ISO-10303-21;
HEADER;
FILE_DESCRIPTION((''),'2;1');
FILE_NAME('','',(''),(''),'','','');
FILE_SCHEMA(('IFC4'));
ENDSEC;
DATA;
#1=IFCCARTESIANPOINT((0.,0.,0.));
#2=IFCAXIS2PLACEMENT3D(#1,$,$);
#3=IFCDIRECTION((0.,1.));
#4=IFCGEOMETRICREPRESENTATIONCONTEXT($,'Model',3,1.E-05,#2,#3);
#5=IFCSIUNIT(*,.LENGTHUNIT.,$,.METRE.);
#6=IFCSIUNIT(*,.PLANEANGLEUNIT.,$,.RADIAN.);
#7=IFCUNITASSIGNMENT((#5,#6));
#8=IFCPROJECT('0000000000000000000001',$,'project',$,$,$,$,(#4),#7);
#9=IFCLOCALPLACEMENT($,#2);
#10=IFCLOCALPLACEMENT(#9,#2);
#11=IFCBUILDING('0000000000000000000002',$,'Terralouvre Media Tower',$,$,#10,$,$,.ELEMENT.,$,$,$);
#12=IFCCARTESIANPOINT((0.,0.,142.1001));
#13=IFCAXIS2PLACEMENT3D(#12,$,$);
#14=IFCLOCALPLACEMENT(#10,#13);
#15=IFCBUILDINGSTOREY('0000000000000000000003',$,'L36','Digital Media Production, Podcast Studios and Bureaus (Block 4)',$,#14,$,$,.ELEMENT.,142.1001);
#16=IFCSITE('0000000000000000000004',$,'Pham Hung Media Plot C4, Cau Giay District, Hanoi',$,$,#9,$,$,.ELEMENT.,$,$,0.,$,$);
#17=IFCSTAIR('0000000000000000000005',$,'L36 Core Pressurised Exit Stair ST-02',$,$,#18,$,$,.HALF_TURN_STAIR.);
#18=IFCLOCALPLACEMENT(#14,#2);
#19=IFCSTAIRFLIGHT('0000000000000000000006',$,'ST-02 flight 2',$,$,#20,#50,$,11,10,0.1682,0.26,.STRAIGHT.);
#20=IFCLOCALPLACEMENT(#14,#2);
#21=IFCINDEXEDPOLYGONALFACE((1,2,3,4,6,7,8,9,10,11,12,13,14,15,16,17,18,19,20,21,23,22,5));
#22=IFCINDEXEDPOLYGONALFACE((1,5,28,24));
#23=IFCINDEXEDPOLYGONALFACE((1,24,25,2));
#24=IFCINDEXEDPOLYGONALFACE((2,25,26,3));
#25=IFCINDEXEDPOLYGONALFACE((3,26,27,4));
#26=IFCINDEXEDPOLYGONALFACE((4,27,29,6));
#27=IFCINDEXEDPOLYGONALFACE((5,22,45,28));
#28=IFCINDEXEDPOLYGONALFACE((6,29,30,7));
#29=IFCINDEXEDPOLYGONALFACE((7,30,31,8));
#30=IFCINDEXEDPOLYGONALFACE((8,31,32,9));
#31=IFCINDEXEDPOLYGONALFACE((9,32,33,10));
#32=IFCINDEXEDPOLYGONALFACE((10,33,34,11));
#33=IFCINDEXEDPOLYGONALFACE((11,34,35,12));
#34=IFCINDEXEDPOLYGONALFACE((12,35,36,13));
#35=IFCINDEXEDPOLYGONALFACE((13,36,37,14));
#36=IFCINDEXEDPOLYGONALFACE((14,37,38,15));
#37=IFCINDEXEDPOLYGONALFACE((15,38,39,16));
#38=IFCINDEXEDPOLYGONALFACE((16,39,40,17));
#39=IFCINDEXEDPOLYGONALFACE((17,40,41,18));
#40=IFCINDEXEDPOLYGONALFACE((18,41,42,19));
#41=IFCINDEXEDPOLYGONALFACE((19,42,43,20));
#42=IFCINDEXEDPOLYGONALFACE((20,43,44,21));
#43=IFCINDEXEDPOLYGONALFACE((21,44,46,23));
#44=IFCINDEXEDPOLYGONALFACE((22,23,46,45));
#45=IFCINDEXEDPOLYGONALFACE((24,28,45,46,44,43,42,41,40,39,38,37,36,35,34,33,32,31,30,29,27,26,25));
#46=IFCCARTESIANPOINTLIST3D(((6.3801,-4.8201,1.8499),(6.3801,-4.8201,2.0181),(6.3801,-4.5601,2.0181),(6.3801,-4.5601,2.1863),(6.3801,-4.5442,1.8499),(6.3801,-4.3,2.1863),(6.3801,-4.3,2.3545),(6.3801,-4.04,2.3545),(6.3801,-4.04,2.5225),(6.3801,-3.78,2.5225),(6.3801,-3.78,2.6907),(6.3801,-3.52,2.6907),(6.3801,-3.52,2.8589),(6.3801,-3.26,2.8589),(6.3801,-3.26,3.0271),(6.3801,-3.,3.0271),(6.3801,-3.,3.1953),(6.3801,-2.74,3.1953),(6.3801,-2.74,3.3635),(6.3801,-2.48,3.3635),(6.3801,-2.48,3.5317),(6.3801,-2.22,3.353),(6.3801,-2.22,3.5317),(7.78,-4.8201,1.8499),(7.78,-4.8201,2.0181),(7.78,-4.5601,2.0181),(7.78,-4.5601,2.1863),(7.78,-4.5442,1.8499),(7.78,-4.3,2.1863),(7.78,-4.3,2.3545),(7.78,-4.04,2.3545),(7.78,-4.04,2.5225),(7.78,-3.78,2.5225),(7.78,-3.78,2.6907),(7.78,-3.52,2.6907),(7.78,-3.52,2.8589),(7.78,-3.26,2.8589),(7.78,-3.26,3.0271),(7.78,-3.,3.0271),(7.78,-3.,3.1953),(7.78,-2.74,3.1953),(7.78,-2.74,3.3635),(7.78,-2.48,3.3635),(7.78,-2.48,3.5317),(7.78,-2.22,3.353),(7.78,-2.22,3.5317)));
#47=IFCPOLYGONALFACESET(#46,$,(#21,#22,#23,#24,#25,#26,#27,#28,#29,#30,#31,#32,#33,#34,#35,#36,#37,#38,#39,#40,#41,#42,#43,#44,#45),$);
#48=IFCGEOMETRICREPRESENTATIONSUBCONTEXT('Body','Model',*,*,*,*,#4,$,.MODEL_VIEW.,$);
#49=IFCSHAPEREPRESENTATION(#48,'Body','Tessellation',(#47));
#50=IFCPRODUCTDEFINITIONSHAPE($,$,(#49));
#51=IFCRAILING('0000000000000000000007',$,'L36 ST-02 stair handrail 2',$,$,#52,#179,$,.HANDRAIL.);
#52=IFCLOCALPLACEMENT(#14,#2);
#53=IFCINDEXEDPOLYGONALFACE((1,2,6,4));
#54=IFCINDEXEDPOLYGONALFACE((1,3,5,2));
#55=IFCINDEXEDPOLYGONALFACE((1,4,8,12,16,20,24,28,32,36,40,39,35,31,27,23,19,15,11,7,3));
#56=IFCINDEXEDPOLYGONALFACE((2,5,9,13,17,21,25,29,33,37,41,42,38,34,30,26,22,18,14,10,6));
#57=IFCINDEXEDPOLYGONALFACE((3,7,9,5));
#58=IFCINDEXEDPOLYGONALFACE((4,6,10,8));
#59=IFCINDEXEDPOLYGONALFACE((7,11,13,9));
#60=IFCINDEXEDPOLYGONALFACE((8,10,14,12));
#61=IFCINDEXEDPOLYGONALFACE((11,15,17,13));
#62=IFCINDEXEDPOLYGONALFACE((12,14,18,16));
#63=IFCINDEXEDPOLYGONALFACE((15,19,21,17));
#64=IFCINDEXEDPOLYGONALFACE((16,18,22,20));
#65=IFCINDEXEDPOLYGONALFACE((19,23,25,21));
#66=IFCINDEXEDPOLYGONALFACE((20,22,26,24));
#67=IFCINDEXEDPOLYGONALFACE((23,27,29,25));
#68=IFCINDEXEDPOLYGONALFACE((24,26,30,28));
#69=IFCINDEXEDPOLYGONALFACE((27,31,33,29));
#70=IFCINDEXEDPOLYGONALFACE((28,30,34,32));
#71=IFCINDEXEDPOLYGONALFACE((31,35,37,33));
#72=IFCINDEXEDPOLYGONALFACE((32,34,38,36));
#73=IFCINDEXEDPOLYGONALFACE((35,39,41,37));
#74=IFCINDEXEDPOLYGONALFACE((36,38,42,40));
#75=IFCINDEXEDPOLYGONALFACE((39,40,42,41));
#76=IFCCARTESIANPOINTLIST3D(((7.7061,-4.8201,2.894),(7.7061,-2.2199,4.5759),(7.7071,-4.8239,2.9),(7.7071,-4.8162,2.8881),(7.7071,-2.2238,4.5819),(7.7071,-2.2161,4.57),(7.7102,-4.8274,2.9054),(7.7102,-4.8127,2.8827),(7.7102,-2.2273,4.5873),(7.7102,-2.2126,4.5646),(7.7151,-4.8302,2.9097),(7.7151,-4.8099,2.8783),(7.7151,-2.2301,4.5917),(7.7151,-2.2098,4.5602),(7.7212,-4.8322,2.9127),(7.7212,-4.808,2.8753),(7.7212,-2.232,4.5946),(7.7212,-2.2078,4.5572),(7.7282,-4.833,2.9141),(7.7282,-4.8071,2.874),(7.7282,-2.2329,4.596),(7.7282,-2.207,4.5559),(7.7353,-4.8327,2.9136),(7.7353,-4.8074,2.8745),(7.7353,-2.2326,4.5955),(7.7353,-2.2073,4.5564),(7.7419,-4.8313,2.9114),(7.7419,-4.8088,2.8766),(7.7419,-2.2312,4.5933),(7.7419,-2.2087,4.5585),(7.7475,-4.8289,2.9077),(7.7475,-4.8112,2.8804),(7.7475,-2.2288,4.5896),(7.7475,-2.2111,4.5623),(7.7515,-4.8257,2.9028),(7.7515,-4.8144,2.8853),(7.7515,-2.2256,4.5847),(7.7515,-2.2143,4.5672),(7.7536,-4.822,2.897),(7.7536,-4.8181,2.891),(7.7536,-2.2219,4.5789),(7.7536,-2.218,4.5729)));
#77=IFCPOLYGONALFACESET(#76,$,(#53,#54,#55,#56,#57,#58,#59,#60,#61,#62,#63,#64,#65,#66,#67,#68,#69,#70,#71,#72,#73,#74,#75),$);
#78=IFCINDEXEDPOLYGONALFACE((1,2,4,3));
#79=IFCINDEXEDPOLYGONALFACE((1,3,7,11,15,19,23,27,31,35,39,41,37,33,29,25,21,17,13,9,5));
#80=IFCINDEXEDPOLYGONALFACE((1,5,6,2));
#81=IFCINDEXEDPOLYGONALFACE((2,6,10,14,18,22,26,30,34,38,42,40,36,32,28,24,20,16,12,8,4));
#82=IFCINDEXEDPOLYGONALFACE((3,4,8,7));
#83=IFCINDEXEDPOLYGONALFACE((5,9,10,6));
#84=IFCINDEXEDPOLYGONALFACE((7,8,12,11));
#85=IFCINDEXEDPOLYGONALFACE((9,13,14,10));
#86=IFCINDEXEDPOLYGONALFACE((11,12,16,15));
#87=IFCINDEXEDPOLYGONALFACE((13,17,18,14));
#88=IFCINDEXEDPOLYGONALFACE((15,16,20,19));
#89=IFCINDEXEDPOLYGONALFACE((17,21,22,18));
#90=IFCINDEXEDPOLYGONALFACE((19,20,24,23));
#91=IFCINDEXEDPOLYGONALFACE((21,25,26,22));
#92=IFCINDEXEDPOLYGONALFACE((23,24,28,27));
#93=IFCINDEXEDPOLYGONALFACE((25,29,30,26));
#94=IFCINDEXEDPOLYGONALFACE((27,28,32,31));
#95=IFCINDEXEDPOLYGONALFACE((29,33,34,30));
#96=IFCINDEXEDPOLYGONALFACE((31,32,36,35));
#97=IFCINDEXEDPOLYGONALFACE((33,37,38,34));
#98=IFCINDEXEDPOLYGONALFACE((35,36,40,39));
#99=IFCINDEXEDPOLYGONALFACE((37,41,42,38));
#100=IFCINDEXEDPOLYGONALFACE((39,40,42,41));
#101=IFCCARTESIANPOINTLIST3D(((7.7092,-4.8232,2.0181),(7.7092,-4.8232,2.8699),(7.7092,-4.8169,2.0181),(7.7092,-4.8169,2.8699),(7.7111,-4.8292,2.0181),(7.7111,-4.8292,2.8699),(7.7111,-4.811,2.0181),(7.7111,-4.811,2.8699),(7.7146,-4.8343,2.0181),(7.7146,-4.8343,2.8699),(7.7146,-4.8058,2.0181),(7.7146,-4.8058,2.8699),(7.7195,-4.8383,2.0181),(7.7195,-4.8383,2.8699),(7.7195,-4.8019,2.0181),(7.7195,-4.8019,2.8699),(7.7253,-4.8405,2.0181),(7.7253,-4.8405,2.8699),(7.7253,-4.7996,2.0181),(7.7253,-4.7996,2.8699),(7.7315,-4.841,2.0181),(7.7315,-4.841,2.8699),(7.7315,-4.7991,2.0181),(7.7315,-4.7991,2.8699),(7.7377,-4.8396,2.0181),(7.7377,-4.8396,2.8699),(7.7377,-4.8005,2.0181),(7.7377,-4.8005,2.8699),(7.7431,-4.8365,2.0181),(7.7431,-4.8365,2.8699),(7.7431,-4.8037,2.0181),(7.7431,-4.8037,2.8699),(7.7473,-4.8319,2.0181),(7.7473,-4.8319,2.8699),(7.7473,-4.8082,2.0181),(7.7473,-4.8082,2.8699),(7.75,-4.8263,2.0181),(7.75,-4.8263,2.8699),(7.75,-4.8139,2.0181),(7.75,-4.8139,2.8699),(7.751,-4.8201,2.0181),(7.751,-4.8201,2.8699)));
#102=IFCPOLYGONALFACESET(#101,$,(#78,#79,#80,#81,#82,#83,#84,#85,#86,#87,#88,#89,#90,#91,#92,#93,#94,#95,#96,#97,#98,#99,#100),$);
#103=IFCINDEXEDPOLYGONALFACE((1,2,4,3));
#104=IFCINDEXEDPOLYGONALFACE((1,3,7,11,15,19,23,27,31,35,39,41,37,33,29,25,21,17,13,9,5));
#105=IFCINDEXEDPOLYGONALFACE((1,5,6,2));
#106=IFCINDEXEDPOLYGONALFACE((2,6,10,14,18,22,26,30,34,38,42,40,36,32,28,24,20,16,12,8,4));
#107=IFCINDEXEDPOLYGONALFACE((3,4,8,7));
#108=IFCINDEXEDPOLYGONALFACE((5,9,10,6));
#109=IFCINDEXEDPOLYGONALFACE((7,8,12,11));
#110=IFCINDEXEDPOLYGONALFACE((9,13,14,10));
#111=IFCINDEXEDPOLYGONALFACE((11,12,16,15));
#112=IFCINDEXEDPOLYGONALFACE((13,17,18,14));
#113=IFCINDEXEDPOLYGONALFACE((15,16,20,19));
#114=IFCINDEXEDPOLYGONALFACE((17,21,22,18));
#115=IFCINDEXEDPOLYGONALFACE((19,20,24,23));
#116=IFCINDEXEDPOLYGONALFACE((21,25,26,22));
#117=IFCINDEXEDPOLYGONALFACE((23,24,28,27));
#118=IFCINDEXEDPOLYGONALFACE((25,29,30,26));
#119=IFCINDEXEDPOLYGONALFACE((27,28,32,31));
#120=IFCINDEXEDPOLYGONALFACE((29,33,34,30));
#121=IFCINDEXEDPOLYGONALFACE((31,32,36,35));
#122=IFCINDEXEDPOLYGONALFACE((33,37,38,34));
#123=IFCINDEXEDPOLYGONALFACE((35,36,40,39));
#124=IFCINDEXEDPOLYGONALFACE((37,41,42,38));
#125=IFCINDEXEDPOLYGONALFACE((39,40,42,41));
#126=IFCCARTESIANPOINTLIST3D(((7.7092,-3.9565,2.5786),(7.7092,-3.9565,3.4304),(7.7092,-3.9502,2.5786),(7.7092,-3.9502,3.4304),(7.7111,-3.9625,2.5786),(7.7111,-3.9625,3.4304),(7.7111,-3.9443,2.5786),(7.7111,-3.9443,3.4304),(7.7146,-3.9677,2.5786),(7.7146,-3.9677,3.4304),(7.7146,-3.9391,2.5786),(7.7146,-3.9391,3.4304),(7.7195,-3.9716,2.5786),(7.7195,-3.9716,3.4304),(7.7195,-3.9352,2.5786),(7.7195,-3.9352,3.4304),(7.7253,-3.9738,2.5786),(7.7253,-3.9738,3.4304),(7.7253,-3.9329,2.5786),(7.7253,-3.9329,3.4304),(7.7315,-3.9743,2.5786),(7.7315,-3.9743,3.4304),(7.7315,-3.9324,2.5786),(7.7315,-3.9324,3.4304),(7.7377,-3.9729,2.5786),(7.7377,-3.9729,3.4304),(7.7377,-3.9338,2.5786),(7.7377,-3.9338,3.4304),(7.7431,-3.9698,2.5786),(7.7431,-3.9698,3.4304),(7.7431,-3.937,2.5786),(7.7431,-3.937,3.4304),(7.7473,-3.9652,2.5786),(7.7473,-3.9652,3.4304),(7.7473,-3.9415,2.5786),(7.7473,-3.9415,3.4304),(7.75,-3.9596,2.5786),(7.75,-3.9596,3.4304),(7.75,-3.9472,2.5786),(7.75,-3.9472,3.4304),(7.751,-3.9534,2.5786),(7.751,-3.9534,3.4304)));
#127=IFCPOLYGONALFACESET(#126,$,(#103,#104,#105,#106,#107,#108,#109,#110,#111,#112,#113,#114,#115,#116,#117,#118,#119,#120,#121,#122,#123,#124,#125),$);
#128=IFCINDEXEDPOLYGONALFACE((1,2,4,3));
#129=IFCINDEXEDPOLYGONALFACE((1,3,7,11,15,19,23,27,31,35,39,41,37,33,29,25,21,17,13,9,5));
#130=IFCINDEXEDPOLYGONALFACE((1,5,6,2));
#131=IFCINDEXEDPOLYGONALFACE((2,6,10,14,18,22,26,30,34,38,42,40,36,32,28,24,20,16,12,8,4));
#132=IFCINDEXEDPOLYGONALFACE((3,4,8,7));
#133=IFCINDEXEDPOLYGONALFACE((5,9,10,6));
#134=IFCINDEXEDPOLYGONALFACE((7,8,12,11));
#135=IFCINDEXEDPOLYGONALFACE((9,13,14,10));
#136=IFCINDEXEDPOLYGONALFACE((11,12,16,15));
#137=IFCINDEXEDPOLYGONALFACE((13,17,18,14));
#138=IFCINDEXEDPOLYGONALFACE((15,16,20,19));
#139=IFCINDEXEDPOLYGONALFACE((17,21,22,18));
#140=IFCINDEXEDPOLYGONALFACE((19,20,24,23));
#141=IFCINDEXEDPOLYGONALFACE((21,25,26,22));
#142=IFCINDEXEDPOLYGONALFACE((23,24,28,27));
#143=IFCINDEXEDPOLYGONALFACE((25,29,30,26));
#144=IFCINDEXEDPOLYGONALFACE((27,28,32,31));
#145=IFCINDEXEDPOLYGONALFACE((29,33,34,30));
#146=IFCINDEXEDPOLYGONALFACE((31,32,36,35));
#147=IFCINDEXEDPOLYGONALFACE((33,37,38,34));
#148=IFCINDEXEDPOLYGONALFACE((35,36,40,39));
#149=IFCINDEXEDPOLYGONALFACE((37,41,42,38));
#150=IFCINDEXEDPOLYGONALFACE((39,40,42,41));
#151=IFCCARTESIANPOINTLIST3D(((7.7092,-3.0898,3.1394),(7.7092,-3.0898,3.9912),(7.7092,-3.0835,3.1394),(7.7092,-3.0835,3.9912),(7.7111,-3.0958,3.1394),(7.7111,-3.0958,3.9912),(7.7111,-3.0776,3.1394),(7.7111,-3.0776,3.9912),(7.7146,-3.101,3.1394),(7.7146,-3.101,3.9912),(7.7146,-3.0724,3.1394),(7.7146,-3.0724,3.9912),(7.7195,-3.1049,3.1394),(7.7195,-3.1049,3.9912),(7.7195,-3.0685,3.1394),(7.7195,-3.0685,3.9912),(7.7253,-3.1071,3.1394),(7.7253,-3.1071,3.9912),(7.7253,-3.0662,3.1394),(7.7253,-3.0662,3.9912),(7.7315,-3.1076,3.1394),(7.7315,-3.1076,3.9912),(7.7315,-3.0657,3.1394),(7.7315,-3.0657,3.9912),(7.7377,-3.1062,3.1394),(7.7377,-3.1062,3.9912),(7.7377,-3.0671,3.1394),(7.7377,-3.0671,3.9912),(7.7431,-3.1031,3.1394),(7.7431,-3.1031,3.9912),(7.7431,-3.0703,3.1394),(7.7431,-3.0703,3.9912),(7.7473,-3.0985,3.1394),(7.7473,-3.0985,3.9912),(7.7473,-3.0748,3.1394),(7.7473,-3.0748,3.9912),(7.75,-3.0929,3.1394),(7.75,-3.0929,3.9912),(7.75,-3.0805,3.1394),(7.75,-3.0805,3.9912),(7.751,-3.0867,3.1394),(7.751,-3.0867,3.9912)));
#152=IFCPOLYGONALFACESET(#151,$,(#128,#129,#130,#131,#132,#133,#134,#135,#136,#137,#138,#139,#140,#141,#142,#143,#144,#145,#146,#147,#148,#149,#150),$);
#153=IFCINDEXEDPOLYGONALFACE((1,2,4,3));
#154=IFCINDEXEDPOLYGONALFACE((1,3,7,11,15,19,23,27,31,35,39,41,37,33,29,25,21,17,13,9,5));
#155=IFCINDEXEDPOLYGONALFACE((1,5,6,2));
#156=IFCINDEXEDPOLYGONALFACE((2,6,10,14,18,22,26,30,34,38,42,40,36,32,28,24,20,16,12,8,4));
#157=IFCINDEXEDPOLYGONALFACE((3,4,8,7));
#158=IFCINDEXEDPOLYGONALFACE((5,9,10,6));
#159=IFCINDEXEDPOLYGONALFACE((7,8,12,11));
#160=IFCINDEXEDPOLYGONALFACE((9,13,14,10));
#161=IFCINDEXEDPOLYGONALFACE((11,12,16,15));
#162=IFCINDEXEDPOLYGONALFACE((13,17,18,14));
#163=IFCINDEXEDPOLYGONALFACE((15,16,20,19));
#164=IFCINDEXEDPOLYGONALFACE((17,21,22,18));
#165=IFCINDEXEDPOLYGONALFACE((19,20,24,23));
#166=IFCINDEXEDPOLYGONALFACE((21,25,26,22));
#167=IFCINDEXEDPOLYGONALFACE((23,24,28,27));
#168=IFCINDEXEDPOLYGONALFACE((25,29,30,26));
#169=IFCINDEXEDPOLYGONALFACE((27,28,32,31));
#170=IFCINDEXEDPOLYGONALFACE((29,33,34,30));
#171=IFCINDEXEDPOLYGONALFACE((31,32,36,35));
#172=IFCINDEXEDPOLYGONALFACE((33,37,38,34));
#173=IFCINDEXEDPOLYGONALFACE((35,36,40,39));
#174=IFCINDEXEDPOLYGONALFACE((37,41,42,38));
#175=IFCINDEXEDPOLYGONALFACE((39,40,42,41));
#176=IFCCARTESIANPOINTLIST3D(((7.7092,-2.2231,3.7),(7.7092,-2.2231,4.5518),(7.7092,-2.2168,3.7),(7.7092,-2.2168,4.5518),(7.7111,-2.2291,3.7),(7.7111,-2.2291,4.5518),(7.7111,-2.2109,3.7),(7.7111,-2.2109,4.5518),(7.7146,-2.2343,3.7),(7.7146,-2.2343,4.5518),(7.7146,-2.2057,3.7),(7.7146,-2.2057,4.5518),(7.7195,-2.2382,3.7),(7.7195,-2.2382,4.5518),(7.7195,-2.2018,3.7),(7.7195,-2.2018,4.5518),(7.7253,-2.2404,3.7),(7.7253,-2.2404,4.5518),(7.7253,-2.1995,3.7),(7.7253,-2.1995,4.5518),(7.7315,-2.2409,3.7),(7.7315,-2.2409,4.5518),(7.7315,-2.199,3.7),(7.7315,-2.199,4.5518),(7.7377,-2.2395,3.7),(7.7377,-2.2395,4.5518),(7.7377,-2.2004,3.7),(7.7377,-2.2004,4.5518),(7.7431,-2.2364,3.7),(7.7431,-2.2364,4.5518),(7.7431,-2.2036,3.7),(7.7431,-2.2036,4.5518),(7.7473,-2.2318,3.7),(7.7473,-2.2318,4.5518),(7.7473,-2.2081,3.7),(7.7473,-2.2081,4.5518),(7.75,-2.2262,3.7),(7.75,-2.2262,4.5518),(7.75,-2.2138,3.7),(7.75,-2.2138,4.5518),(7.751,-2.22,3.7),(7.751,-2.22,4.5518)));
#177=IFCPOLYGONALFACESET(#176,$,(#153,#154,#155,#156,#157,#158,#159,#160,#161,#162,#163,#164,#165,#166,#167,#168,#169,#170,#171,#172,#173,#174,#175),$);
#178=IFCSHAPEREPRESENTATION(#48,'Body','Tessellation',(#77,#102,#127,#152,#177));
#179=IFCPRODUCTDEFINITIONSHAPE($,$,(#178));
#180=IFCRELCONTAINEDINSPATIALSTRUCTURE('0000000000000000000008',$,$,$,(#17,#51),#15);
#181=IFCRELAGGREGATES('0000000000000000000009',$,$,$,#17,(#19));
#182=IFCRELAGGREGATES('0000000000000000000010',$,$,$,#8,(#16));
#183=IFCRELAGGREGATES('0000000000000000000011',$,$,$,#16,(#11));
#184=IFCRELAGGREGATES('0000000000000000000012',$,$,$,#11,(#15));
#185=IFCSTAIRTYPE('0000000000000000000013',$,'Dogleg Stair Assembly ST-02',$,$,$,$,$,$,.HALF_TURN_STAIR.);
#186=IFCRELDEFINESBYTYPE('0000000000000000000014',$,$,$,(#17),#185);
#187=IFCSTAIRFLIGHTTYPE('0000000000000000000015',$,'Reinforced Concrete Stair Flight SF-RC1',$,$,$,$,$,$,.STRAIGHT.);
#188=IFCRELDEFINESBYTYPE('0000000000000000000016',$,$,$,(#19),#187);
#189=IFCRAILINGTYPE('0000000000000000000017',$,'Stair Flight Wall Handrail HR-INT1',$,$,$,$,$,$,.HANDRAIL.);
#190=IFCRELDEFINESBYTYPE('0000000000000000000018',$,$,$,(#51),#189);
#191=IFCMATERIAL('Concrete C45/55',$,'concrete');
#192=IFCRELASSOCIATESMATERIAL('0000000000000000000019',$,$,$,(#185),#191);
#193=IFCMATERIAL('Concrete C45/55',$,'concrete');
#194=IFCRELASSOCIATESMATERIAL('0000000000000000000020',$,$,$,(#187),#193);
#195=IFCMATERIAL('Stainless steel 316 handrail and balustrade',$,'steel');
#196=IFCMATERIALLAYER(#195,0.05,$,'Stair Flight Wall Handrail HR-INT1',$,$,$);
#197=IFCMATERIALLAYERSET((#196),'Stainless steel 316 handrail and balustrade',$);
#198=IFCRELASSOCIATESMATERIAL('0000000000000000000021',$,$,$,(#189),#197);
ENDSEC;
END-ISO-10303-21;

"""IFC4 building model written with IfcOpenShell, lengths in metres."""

from ifc_helpers import new_model, si_unit, direction, frame, origin, origin_2d, place, context, subcontext, project, spatial, polyline, circle, outline, extrude, material, layer, layer_set, type_object, element, aggregate, save


model = new_model("IFC4")

# Units and contexts
model_context = context("Model", 3, precision=1e-05, world=origin(), true_north=direction((0.0, 1.0)))
body_context = subcontext(model_context, "Body", "Model", "MODEL_VIEW")
ifc_project = project(units=[si_unit("LENGTHUNIT", "METRE"), si_unit("PLANEANGLEUNIT", "RADIAN")], contexts=[model_context])

# Site, building, storey
site_placement = place(None, origin())
site = spatial("IfcSite", under=ifc_project, at=site_placement, Name="Pham Hung Media Plot C4, Cau Giay District, Hanoi", CompositionType="ELEMENT", RefElevation=0.0)
building_placement = place(site_placement, origin())
building = spatial("IfcBuilding", under=site, at=building_placement, Name="Terralouvre Media Tower", CompositionType="ELEMENT")
storey_placement = place(building_placement, frame((0.0, 0.0, 142.1001)))
storey = spatial("IfcBuildingStorey", under=building, at=storey_placement, Name="L36", Description="Digital Media Production, Podcast Studios and Bureaus (Block 4)", CompositionType="ELEMENT", Elevation=142.1001)

# Stair, stair flight
ifc_material_1 = material(Name="Concrete C45/55", Category="concrete")
stair_type = type_object("IfcStairType", Name="Dogleg Stair Assembly ST-02", PredefinedType="HALF_TURN_STAIR", material=ifc_material_1)
stair_placement = place(storey_placement, origin())
stair = element("IfcStair", 1, at=stair_placement, inside=storey, type_object=stair_type, Name="L36 Core Pressurised Exit Stair ST-02", PredefinedType="HALF_TURN_STAIR")
ifc_material_2 = material(Name="Concrete C45/55", Category="concrete")
stair_flight_type = type_object("IfcStairFlightType", Name="Reinforced Concrete Stair Flight SF-RC1", PredefinedType="STRAIGHT", material=ifc_material_2)
stair_flight_1_placement = place(storey_placement, frame((7.0801, -4.8201, 1.8499), z_axis=(0.0, 0.0, 1.0), x_axis=(0.0, 1.0, 0.0)))
stair_flight_1 = element("IfcStairFlight", 2, at=stair_flight_1_placement, type_object=stair_flight_type, Name="ST-02 flight 2", NumberOfRisers=11, NumberOfTreads=10, PredefinedType="STRAIGHT", RiserHeight=0.1682, TreadLength=0.26, context=body_context, shape_type="SweptSolid", body=[
    extrude(outline(polyline([(0.0, 0.0), (0.0, 0.1682), (0.26, 0.1682), (0.26, 0.3364), (0.52, 0.3364), (0.52, 0.5046), (0.78, 0.5046), (0.78, 0.6726), (1.04, 0.6726), (1.04, 0.8408), (1.3, 0.8408), (1.3, 1.009), (1.5601, 1.009), (1.5601, 1.1772), (1.8201, 1.1772), (1.8201, 1.3455), (2.0801, 1.3455), (2.0801, 1.5137), (2.3401, 1.5137), (2.3401, 1.6819), (2.6001, 1.6819), (2.6001, 1.8501), (2.6001, 1.5032), (0.2759, 0.0), (0.0, 0.0)])), frame((0.0, 0.7, 0.0), z_axis=(0.0, -1.0, 0.0), x_axis=(1.0, 0.0, 0.0)), (0.0, 0.0, 1.0), 1.3999),
])
aggregate(stair, [stair_flight_1])

# Railing
ifc_material_3 = material(Name="Stainless steel 316 handrail and balustrade", Category="steel")
ifc_layer_1 = layer(ifc_material_3, 0.05, Name="Stair Flight Wall Handrail HR-INT1")
ifc_layer_set_1 = layer_set([ifc_layer_1], Name="Stainless steel 316 handrail and balustrade")
railing_type_1 = type_object("IfcRailingType", Name="Stair Flight Wall Handrail HR-INT1", PredefinedType="HANDRAIL", material=ifc_layer_set_1)
railing_1_placement = place(storey_placement, frame((7.73, -4.8201, 2.0181)))
element("IfcRailing", 3, at=railing_1_placement, inside=storey, type_object=railing_type_1, Name="L36 ST-02 stair handrail 2", PredefinedType="HANDRAIL", context=body_context, shape_type="SweptSolid", body=[
    extrude(circle(Radius=0.0239, at=origin_2d()), frame((0.0, 0.0, 0.876), z_axis=(0.0, 0.839648, 0.54313), x_axis=(-1.0, 0.0, 0.0)), (0.0, 0.0, 1.0), 3.0967),
    extrude(circle(Radius=0.021, at=origin_2d()), origin(), (0.0, 0.0, 1.0), 0.8518),
    extrude(circle(Radius=0.021, at=origin_2d()), frame((0.0, 0.8667, 0.5605)), (0.0, 0.0, 1.0), 0.8518),
    extrude(circle(Radius=0.021, at=origin_2d()), frame((0.0, 1.7334, 1.1213)), (0.0, 0.0, 1.0), 0.8518),
    extrude(circle(Radius=0.021, at=origin_2d()), frame((0.0, 2.6001, 1.6819)), (0.0, 0.0, 1.0), 0.8518),
])

save(model, "model.ifc")
